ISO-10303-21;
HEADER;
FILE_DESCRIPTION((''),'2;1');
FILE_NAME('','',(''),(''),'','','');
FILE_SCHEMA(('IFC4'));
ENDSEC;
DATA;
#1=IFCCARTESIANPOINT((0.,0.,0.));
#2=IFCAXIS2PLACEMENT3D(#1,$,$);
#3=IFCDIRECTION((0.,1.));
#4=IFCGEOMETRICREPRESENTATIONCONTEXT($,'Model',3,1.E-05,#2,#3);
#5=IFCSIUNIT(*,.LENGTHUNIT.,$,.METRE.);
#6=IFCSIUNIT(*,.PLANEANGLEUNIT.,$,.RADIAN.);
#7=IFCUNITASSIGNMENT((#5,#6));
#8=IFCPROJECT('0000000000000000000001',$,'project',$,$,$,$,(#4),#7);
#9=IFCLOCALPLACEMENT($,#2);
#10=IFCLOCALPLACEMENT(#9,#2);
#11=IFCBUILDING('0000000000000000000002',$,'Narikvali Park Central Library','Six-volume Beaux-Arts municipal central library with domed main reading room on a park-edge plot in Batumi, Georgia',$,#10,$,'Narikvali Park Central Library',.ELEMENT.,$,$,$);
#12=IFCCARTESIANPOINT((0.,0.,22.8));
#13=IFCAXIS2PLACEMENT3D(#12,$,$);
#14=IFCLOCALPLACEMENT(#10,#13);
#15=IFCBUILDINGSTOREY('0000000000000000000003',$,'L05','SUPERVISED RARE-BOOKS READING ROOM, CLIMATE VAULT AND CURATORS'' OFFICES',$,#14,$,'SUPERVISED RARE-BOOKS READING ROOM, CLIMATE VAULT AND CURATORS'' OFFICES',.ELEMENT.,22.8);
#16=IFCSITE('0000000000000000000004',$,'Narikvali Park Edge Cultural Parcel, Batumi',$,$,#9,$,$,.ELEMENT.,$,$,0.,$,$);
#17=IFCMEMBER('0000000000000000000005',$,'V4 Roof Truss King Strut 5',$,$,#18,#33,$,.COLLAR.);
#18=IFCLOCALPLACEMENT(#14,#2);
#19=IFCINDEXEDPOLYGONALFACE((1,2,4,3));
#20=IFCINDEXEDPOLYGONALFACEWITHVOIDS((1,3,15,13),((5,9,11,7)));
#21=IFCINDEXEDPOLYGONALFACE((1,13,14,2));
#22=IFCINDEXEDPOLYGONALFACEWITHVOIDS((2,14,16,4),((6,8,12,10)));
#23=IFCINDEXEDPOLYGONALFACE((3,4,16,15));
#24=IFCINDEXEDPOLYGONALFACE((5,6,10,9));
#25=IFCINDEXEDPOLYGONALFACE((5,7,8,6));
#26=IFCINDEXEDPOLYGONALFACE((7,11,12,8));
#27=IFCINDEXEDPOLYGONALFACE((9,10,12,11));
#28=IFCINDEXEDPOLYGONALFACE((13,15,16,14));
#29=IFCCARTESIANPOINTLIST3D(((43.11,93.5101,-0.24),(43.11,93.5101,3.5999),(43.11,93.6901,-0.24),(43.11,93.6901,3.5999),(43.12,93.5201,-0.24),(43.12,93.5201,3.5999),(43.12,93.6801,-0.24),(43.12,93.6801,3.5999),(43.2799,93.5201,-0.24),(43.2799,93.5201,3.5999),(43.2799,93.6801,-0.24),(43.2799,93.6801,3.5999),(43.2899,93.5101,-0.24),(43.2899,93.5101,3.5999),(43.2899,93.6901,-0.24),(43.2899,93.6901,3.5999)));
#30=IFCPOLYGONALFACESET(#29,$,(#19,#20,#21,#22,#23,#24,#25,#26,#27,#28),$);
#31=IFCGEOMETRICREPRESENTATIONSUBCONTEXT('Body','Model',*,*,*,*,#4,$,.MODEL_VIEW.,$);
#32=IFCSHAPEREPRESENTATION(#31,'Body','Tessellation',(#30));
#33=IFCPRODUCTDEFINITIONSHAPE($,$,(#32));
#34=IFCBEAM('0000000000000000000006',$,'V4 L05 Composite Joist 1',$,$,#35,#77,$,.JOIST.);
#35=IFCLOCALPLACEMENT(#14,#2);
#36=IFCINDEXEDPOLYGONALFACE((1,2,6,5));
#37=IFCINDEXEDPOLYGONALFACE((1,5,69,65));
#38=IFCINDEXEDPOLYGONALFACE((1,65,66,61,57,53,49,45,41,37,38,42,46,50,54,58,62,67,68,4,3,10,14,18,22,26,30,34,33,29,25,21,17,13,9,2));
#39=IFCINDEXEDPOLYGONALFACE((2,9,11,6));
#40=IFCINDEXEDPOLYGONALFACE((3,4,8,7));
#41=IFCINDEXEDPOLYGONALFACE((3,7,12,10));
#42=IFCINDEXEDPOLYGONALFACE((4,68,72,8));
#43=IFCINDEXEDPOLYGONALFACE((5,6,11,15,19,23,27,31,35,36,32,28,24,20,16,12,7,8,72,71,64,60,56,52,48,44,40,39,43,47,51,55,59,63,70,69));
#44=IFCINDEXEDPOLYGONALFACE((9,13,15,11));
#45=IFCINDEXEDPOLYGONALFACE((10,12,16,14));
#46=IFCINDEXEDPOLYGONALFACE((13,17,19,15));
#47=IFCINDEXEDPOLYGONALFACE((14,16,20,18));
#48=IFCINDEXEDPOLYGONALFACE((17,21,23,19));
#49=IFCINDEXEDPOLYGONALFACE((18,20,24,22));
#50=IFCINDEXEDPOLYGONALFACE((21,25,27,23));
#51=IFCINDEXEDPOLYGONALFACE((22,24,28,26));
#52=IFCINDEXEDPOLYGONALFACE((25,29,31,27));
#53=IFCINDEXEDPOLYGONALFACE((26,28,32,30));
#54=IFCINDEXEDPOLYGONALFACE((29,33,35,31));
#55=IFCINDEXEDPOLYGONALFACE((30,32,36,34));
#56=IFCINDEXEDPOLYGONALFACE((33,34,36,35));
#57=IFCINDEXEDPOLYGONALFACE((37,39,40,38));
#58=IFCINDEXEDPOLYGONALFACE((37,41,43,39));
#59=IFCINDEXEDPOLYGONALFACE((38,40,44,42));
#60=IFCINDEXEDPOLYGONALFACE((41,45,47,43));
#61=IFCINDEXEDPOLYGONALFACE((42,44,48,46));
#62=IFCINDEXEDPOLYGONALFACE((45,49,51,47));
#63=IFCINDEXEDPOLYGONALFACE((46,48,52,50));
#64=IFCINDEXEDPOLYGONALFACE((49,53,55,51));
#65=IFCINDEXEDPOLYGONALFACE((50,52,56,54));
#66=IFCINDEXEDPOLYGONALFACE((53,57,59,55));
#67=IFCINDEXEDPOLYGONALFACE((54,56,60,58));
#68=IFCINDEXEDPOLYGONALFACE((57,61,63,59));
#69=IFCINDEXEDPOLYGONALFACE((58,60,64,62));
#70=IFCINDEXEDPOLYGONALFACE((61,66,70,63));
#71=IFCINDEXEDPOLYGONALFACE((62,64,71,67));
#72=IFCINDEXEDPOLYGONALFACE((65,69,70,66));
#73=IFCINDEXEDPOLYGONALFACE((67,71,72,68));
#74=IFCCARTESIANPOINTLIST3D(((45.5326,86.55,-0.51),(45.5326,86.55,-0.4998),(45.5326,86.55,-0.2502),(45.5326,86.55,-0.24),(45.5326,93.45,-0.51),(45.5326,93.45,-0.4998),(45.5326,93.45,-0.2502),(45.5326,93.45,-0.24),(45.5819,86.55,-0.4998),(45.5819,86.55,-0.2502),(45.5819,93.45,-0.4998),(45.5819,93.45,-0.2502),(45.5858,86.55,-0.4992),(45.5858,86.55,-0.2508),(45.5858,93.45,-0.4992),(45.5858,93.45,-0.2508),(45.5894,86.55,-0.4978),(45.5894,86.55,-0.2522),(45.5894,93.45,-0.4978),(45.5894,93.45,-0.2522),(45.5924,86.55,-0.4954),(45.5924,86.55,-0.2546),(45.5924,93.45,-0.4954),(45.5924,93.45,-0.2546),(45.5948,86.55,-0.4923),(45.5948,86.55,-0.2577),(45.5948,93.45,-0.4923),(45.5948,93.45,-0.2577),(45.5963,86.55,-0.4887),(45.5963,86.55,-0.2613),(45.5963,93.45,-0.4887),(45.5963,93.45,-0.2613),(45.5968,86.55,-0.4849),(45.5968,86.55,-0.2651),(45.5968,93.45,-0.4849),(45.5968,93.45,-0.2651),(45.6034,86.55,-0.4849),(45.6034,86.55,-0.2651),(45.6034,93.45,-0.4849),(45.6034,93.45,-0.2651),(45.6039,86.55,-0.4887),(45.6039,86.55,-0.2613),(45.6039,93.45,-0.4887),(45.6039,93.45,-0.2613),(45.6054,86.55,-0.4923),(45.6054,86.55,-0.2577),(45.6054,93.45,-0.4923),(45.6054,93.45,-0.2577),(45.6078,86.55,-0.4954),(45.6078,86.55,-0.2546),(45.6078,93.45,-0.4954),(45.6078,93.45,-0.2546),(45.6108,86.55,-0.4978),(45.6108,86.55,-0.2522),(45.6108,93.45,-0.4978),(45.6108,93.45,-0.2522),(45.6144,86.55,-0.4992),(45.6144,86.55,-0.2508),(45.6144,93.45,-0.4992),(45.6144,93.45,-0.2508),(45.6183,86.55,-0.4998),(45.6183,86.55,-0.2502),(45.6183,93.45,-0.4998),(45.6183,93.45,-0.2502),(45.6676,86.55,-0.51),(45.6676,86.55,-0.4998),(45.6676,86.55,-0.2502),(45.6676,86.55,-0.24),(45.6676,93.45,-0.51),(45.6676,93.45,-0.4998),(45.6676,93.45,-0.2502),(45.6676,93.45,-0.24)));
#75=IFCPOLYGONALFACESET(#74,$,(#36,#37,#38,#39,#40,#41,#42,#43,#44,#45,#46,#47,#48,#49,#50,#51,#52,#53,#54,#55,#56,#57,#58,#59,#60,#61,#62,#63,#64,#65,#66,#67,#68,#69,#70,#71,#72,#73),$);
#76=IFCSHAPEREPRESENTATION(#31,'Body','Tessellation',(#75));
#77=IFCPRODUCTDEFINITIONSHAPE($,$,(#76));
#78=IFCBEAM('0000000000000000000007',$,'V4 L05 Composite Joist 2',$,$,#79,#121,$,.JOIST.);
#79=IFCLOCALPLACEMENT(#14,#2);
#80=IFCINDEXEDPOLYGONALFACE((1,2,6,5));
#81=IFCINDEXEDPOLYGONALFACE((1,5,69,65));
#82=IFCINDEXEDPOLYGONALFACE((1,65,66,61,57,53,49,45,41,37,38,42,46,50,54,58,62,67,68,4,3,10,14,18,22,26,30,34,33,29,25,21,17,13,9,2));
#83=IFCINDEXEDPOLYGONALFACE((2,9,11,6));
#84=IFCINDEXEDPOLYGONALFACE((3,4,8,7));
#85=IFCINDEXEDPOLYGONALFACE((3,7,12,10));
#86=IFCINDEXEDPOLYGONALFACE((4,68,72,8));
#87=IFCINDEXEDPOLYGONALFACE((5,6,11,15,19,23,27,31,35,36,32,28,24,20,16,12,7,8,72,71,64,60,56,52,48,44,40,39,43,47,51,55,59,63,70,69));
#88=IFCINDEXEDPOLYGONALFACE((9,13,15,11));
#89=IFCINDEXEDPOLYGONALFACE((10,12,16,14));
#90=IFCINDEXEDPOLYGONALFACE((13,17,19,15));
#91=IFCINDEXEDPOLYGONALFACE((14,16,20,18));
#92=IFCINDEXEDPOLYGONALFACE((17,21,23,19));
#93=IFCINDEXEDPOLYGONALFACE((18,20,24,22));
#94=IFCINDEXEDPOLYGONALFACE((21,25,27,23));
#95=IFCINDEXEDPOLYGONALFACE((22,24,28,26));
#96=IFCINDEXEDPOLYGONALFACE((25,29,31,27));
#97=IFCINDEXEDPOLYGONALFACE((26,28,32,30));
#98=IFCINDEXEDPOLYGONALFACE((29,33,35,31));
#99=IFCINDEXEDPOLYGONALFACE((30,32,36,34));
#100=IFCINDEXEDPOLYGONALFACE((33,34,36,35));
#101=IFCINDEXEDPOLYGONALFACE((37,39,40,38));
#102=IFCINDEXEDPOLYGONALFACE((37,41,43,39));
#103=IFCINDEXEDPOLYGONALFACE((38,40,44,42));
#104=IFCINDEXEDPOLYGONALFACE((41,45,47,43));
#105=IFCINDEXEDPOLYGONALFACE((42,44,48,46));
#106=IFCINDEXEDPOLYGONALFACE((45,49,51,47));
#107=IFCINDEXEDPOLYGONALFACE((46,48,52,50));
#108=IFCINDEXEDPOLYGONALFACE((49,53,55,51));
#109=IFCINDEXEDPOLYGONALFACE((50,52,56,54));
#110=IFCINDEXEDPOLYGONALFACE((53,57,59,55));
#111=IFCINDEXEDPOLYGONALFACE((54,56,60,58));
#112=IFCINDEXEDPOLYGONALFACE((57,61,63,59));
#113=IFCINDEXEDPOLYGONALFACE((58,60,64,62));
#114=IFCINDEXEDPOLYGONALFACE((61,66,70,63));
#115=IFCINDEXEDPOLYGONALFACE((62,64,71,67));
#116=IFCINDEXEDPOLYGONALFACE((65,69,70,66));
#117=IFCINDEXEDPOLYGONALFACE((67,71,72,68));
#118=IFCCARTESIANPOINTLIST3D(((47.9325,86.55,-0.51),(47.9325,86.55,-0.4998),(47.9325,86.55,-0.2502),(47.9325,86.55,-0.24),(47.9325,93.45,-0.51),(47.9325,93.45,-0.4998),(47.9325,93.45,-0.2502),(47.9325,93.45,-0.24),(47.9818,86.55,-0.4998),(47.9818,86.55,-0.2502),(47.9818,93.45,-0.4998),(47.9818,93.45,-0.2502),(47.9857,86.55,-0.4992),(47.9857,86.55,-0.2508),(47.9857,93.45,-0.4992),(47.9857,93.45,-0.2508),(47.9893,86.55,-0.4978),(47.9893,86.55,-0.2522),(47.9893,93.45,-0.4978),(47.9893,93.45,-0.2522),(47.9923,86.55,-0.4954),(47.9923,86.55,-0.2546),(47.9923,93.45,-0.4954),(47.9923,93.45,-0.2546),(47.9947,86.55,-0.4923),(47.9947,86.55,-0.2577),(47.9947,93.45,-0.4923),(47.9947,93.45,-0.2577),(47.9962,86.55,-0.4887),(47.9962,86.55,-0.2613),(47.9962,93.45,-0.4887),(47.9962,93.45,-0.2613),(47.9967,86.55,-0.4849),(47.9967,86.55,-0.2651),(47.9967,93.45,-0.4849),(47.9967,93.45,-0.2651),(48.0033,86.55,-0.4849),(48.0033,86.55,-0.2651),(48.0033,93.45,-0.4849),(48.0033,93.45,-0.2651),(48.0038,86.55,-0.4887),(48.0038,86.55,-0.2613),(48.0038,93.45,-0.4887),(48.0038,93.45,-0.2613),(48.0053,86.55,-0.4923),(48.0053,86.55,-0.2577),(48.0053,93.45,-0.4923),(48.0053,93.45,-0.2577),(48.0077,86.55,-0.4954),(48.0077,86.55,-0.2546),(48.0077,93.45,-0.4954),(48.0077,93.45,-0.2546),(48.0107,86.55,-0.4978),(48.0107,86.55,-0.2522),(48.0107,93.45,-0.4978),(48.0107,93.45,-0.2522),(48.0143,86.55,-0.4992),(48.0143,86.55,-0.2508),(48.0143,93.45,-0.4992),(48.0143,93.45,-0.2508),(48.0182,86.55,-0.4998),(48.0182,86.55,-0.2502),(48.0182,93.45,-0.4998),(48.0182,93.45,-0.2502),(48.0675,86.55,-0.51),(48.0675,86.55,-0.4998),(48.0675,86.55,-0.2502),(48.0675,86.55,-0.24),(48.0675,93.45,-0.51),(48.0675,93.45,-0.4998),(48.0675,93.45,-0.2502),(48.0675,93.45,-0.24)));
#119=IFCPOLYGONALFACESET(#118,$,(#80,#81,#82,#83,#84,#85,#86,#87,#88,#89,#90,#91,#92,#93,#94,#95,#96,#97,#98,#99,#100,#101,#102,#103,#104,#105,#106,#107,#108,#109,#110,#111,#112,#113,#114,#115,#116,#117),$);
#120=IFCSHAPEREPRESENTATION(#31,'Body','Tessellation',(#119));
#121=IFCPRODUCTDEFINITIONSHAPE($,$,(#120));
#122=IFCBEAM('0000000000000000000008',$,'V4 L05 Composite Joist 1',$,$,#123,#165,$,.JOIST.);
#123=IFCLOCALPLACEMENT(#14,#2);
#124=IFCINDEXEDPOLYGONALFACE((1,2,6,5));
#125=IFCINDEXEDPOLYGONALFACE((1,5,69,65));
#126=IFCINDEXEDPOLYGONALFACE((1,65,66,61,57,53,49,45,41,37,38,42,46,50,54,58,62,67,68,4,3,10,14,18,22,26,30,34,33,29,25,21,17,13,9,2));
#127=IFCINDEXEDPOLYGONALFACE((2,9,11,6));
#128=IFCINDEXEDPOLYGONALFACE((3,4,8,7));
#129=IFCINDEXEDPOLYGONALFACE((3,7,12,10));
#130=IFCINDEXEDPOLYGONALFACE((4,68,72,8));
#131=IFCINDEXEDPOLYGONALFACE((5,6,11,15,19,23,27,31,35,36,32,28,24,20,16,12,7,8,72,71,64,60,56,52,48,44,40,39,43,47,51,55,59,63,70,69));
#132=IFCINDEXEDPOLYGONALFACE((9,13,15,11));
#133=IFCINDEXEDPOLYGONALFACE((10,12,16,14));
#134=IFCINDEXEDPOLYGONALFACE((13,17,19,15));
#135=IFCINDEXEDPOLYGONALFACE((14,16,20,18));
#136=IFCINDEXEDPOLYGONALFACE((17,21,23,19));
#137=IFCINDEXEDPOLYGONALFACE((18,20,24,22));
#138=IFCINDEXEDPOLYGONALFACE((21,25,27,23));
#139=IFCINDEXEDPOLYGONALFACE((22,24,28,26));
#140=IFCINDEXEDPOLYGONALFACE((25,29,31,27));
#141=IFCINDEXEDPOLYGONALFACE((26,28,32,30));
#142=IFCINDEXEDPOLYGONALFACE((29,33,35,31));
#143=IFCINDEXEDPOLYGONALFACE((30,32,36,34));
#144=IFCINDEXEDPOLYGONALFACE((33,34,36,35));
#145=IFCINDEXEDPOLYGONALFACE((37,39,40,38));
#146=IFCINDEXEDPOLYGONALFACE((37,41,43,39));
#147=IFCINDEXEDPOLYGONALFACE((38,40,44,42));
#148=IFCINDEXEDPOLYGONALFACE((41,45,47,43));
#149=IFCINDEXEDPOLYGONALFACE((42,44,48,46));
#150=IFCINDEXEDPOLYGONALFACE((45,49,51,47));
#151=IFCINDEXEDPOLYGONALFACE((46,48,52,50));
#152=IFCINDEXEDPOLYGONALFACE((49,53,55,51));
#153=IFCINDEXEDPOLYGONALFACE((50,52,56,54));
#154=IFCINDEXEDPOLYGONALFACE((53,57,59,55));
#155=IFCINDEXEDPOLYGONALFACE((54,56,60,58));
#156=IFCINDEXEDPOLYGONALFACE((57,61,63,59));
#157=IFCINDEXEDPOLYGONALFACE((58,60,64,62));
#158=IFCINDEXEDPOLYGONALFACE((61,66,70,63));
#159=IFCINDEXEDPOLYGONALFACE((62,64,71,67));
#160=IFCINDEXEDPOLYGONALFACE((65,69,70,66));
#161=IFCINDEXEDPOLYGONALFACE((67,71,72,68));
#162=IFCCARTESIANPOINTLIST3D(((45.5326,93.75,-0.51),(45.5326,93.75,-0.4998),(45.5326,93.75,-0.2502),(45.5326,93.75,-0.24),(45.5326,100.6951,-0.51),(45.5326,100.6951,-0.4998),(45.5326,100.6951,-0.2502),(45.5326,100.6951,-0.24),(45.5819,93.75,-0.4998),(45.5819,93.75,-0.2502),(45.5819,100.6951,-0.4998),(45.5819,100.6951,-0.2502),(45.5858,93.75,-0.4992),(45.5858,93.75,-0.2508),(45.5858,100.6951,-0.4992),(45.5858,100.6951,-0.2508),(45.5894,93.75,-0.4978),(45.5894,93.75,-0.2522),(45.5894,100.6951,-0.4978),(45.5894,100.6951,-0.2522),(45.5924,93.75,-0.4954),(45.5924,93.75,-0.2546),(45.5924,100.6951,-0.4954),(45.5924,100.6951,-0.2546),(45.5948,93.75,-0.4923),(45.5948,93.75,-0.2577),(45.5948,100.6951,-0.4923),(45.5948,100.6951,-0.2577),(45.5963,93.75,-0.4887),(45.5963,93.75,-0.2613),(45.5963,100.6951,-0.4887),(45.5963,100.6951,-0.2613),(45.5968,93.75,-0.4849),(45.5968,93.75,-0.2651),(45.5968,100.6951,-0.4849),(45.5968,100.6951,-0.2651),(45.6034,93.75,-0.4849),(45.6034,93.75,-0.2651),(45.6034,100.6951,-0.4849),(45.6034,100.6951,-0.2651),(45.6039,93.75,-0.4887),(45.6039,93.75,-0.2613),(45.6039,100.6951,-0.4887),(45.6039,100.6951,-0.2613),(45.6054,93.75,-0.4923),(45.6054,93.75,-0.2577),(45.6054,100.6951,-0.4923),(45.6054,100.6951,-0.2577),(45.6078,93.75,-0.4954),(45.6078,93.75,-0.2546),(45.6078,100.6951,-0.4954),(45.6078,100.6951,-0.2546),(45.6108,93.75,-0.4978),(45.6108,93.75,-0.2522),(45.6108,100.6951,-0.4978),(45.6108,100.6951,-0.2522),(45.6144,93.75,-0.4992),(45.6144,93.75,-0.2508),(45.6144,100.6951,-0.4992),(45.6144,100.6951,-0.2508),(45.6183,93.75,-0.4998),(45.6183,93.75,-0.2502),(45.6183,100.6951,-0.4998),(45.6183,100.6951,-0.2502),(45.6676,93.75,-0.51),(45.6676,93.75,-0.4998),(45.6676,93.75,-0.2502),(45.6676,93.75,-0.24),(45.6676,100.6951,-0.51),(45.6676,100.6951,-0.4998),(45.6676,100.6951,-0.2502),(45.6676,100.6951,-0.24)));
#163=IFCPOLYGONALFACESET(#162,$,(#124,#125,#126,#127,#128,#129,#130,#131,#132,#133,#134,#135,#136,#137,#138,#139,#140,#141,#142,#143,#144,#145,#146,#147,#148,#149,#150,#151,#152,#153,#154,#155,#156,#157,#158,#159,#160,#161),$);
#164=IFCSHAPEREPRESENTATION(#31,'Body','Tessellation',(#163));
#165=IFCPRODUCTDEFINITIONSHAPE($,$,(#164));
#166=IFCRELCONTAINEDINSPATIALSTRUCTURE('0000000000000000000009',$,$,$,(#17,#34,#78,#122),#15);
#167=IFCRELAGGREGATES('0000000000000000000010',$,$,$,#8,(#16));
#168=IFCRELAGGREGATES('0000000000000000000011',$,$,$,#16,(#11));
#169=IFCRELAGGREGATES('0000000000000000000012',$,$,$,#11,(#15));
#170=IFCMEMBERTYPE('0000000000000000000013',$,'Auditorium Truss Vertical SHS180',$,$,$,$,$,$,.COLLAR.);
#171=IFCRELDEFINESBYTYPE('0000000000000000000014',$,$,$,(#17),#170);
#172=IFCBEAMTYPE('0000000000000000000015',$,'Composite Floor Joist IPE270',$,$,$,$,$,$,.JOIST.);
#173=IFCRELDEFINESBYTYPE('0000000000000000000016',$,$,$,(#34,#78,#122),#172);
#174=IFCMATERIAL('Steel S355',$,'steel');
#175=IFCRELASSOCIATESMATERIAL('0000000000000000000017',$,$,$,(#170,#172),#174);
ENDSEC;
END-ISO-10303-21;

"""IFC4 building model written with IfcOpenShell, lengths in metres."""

from ifc_helpers import new_model, si_unit, direction, frame, origin, origin_2d, place, context, subcontext, project, spatial, hollow_rectangle, i_section, extrude, material, material_profile, profile_set, type_object, element, save


model = new_model("IFC4")

# Units and contexts
model_context = context("Model", 3, precision=1e-05, world=origin(), true_north=direction((0.0, 1.0)))
body_context = subcontext(model_context, "Body", "Model", "MODEL_VIEW")
ifc_project = project(units=[si_unit("LENGTHUNIT", "METRE"), si_unit("PLANEANGLEUNIT", "RADIAN")], contexts=[model_context])

# Site, building, storey
site_placement = place(None, origin())
site = spatial("IfcSite", under=ifc_project, at=site_placement, Name="Narikvali Park Edge Cultural Parcel, Batumi", CompositionType="ELEMENT", RefElevation=0.0)
building_placement = place(site_placement, origin())
building = spatial("IfcBuilding", under=site, at=building_placement, Name="Narikvali Park Central Library", Description="Six-volume Beaux-Arts municipal central library with domed main reading room on a park-edge plot in Batumi, Georgia", LongName="Narikvali Park Central Library", CompositionType="ELEMENT")
storey_placement = place(building_placement, frame((0.0, 0.0, 22.8)))
storey = spatial("IfcBuildingStorey", under=building, at=storey_placement, Name="L05", Description="SUPERVISED RARE-BOOKS READING ROOM, CLIMATE VAULT AND CURATORS' OFFICES", LongName="SUPERVISED RARE-BOOKS READING ROOM, CLIMATE VAULT AND CURATORS' OFFICES", CompositionType="ELEMENT", Elevation=22.8)

# Member
ifc_material_1 = material(Name="Steel S355", Category="steel")
ifc_material_profile_1 = material_profile(ifc_material_1, hollow_rectangle(XDim=0.1799, YDim=0.1799, WallThickness=0.01, at=origin_2d()), Name="SHS 180x180x10")
ifc_profile_set_1 = profile_set([ifc_material_profile_1], Name="Steel S355")
member_type_1 = type_object("IfcMemberType", Name="Auditorium Truss Vertical SHS180", PredefinedType="COLLAR", material=ifc_profile_set_1)
member_1_placement = place(storey_placement, frame((43.2, 93.6001, -0.24), z_axis=(0.0, 0.0, 1.0), x_axis=(1.0, 0.0, 0.0)))
element("IfcMember", 1, at=member_1_placement, inside=storey, type_object=member_type_1, Name="V4 Roof Truss King Strut 5", PredefinedType="COLLAR", context=body_context, shape_type="SweptSolid", body=[
    extrude(hollow_rectangle(XDim=0.1799, YDim=0.1799, WallThickness=0.01, at=origin_2d()), origin(), (0.0, 0.0, 1.0), 3.8398),
])

# Beams
ifc_material_profile_2 = material_profile(ifc_material_1, i_section(OverallWidth=0.135, OverallDepth=0.27, WebThickness=0.0066, FlangeThickness=0.0103, FilletRadius=0.0149, at=origin_2d()), Name="IPE 270")
ifc_profile_set_2 = profile_set([ifc_material_profile_2], Name="Steel S355")
beam_type_1 = type_object("IfcBeamType", Name="Composite Floor Joist IPE270", PredefinedType="JOIST", material=ifc_profile_set_2)
for number, where, z_axis, x_axis, name in (
    (2, (45.6001, 86.55, -0.375), (0.0, 1.0, 0.0), (-1.0, 0.0, 0.0), "V4 L05 Composite Joist 1"),
    (3, (48.0, 86.55, -0.375), (0.0, 1.0, 0.0), (-1.0, 0.0, 0.0), "V4 L05 Composite Joist 2"),
):
    element("IfcBeam", number, at=place(storey_placement, frame(where, z_axis=z_axis, x_axis=x_axis)), inside=storey, type_object=beam_type_1, Name=name, PredefinedType="JOIST", context=body_context, shape_type="SweptSolid", body=[
        extrude(i_section(OverallWidth=0.135, OverallDepth=0.27, WebThickness=0.0066, FlangeThickness=0.0103, FilletRadius=0.0149, at=origin_2d()), origin(), (0.0, 0.0, 1.0), 6.8999),
    ])
for number, where, z_axis, x_axis, name in (
    (4, (45.6001, 93.75, -0.375), (0.0, 1.0, 0.0), (-1.0, 0.0, 0.0), "V4 L05 Composite Joist 1"),
):
    element("IfcBeam", number, at=place(storey_placement, frame(where, z_axis=z_axis, x_axis=x_axis)), inside=storey, type_object=beam_type_1, Name=name, PredefinedType="JOIST", context=body_context, shape_type="SweptSolid", body=[
        extrude(i_section(OverallWidth=0.135, OverallDepth=0.27, WebThickness=0.0066, FlangeThickness=0.0103, FilletRadius=0.0149, at=origin_2d()), origin(), (0.0, 0.0, 1.0), 6.9451),
    ])

save(model, "model.ifc")
